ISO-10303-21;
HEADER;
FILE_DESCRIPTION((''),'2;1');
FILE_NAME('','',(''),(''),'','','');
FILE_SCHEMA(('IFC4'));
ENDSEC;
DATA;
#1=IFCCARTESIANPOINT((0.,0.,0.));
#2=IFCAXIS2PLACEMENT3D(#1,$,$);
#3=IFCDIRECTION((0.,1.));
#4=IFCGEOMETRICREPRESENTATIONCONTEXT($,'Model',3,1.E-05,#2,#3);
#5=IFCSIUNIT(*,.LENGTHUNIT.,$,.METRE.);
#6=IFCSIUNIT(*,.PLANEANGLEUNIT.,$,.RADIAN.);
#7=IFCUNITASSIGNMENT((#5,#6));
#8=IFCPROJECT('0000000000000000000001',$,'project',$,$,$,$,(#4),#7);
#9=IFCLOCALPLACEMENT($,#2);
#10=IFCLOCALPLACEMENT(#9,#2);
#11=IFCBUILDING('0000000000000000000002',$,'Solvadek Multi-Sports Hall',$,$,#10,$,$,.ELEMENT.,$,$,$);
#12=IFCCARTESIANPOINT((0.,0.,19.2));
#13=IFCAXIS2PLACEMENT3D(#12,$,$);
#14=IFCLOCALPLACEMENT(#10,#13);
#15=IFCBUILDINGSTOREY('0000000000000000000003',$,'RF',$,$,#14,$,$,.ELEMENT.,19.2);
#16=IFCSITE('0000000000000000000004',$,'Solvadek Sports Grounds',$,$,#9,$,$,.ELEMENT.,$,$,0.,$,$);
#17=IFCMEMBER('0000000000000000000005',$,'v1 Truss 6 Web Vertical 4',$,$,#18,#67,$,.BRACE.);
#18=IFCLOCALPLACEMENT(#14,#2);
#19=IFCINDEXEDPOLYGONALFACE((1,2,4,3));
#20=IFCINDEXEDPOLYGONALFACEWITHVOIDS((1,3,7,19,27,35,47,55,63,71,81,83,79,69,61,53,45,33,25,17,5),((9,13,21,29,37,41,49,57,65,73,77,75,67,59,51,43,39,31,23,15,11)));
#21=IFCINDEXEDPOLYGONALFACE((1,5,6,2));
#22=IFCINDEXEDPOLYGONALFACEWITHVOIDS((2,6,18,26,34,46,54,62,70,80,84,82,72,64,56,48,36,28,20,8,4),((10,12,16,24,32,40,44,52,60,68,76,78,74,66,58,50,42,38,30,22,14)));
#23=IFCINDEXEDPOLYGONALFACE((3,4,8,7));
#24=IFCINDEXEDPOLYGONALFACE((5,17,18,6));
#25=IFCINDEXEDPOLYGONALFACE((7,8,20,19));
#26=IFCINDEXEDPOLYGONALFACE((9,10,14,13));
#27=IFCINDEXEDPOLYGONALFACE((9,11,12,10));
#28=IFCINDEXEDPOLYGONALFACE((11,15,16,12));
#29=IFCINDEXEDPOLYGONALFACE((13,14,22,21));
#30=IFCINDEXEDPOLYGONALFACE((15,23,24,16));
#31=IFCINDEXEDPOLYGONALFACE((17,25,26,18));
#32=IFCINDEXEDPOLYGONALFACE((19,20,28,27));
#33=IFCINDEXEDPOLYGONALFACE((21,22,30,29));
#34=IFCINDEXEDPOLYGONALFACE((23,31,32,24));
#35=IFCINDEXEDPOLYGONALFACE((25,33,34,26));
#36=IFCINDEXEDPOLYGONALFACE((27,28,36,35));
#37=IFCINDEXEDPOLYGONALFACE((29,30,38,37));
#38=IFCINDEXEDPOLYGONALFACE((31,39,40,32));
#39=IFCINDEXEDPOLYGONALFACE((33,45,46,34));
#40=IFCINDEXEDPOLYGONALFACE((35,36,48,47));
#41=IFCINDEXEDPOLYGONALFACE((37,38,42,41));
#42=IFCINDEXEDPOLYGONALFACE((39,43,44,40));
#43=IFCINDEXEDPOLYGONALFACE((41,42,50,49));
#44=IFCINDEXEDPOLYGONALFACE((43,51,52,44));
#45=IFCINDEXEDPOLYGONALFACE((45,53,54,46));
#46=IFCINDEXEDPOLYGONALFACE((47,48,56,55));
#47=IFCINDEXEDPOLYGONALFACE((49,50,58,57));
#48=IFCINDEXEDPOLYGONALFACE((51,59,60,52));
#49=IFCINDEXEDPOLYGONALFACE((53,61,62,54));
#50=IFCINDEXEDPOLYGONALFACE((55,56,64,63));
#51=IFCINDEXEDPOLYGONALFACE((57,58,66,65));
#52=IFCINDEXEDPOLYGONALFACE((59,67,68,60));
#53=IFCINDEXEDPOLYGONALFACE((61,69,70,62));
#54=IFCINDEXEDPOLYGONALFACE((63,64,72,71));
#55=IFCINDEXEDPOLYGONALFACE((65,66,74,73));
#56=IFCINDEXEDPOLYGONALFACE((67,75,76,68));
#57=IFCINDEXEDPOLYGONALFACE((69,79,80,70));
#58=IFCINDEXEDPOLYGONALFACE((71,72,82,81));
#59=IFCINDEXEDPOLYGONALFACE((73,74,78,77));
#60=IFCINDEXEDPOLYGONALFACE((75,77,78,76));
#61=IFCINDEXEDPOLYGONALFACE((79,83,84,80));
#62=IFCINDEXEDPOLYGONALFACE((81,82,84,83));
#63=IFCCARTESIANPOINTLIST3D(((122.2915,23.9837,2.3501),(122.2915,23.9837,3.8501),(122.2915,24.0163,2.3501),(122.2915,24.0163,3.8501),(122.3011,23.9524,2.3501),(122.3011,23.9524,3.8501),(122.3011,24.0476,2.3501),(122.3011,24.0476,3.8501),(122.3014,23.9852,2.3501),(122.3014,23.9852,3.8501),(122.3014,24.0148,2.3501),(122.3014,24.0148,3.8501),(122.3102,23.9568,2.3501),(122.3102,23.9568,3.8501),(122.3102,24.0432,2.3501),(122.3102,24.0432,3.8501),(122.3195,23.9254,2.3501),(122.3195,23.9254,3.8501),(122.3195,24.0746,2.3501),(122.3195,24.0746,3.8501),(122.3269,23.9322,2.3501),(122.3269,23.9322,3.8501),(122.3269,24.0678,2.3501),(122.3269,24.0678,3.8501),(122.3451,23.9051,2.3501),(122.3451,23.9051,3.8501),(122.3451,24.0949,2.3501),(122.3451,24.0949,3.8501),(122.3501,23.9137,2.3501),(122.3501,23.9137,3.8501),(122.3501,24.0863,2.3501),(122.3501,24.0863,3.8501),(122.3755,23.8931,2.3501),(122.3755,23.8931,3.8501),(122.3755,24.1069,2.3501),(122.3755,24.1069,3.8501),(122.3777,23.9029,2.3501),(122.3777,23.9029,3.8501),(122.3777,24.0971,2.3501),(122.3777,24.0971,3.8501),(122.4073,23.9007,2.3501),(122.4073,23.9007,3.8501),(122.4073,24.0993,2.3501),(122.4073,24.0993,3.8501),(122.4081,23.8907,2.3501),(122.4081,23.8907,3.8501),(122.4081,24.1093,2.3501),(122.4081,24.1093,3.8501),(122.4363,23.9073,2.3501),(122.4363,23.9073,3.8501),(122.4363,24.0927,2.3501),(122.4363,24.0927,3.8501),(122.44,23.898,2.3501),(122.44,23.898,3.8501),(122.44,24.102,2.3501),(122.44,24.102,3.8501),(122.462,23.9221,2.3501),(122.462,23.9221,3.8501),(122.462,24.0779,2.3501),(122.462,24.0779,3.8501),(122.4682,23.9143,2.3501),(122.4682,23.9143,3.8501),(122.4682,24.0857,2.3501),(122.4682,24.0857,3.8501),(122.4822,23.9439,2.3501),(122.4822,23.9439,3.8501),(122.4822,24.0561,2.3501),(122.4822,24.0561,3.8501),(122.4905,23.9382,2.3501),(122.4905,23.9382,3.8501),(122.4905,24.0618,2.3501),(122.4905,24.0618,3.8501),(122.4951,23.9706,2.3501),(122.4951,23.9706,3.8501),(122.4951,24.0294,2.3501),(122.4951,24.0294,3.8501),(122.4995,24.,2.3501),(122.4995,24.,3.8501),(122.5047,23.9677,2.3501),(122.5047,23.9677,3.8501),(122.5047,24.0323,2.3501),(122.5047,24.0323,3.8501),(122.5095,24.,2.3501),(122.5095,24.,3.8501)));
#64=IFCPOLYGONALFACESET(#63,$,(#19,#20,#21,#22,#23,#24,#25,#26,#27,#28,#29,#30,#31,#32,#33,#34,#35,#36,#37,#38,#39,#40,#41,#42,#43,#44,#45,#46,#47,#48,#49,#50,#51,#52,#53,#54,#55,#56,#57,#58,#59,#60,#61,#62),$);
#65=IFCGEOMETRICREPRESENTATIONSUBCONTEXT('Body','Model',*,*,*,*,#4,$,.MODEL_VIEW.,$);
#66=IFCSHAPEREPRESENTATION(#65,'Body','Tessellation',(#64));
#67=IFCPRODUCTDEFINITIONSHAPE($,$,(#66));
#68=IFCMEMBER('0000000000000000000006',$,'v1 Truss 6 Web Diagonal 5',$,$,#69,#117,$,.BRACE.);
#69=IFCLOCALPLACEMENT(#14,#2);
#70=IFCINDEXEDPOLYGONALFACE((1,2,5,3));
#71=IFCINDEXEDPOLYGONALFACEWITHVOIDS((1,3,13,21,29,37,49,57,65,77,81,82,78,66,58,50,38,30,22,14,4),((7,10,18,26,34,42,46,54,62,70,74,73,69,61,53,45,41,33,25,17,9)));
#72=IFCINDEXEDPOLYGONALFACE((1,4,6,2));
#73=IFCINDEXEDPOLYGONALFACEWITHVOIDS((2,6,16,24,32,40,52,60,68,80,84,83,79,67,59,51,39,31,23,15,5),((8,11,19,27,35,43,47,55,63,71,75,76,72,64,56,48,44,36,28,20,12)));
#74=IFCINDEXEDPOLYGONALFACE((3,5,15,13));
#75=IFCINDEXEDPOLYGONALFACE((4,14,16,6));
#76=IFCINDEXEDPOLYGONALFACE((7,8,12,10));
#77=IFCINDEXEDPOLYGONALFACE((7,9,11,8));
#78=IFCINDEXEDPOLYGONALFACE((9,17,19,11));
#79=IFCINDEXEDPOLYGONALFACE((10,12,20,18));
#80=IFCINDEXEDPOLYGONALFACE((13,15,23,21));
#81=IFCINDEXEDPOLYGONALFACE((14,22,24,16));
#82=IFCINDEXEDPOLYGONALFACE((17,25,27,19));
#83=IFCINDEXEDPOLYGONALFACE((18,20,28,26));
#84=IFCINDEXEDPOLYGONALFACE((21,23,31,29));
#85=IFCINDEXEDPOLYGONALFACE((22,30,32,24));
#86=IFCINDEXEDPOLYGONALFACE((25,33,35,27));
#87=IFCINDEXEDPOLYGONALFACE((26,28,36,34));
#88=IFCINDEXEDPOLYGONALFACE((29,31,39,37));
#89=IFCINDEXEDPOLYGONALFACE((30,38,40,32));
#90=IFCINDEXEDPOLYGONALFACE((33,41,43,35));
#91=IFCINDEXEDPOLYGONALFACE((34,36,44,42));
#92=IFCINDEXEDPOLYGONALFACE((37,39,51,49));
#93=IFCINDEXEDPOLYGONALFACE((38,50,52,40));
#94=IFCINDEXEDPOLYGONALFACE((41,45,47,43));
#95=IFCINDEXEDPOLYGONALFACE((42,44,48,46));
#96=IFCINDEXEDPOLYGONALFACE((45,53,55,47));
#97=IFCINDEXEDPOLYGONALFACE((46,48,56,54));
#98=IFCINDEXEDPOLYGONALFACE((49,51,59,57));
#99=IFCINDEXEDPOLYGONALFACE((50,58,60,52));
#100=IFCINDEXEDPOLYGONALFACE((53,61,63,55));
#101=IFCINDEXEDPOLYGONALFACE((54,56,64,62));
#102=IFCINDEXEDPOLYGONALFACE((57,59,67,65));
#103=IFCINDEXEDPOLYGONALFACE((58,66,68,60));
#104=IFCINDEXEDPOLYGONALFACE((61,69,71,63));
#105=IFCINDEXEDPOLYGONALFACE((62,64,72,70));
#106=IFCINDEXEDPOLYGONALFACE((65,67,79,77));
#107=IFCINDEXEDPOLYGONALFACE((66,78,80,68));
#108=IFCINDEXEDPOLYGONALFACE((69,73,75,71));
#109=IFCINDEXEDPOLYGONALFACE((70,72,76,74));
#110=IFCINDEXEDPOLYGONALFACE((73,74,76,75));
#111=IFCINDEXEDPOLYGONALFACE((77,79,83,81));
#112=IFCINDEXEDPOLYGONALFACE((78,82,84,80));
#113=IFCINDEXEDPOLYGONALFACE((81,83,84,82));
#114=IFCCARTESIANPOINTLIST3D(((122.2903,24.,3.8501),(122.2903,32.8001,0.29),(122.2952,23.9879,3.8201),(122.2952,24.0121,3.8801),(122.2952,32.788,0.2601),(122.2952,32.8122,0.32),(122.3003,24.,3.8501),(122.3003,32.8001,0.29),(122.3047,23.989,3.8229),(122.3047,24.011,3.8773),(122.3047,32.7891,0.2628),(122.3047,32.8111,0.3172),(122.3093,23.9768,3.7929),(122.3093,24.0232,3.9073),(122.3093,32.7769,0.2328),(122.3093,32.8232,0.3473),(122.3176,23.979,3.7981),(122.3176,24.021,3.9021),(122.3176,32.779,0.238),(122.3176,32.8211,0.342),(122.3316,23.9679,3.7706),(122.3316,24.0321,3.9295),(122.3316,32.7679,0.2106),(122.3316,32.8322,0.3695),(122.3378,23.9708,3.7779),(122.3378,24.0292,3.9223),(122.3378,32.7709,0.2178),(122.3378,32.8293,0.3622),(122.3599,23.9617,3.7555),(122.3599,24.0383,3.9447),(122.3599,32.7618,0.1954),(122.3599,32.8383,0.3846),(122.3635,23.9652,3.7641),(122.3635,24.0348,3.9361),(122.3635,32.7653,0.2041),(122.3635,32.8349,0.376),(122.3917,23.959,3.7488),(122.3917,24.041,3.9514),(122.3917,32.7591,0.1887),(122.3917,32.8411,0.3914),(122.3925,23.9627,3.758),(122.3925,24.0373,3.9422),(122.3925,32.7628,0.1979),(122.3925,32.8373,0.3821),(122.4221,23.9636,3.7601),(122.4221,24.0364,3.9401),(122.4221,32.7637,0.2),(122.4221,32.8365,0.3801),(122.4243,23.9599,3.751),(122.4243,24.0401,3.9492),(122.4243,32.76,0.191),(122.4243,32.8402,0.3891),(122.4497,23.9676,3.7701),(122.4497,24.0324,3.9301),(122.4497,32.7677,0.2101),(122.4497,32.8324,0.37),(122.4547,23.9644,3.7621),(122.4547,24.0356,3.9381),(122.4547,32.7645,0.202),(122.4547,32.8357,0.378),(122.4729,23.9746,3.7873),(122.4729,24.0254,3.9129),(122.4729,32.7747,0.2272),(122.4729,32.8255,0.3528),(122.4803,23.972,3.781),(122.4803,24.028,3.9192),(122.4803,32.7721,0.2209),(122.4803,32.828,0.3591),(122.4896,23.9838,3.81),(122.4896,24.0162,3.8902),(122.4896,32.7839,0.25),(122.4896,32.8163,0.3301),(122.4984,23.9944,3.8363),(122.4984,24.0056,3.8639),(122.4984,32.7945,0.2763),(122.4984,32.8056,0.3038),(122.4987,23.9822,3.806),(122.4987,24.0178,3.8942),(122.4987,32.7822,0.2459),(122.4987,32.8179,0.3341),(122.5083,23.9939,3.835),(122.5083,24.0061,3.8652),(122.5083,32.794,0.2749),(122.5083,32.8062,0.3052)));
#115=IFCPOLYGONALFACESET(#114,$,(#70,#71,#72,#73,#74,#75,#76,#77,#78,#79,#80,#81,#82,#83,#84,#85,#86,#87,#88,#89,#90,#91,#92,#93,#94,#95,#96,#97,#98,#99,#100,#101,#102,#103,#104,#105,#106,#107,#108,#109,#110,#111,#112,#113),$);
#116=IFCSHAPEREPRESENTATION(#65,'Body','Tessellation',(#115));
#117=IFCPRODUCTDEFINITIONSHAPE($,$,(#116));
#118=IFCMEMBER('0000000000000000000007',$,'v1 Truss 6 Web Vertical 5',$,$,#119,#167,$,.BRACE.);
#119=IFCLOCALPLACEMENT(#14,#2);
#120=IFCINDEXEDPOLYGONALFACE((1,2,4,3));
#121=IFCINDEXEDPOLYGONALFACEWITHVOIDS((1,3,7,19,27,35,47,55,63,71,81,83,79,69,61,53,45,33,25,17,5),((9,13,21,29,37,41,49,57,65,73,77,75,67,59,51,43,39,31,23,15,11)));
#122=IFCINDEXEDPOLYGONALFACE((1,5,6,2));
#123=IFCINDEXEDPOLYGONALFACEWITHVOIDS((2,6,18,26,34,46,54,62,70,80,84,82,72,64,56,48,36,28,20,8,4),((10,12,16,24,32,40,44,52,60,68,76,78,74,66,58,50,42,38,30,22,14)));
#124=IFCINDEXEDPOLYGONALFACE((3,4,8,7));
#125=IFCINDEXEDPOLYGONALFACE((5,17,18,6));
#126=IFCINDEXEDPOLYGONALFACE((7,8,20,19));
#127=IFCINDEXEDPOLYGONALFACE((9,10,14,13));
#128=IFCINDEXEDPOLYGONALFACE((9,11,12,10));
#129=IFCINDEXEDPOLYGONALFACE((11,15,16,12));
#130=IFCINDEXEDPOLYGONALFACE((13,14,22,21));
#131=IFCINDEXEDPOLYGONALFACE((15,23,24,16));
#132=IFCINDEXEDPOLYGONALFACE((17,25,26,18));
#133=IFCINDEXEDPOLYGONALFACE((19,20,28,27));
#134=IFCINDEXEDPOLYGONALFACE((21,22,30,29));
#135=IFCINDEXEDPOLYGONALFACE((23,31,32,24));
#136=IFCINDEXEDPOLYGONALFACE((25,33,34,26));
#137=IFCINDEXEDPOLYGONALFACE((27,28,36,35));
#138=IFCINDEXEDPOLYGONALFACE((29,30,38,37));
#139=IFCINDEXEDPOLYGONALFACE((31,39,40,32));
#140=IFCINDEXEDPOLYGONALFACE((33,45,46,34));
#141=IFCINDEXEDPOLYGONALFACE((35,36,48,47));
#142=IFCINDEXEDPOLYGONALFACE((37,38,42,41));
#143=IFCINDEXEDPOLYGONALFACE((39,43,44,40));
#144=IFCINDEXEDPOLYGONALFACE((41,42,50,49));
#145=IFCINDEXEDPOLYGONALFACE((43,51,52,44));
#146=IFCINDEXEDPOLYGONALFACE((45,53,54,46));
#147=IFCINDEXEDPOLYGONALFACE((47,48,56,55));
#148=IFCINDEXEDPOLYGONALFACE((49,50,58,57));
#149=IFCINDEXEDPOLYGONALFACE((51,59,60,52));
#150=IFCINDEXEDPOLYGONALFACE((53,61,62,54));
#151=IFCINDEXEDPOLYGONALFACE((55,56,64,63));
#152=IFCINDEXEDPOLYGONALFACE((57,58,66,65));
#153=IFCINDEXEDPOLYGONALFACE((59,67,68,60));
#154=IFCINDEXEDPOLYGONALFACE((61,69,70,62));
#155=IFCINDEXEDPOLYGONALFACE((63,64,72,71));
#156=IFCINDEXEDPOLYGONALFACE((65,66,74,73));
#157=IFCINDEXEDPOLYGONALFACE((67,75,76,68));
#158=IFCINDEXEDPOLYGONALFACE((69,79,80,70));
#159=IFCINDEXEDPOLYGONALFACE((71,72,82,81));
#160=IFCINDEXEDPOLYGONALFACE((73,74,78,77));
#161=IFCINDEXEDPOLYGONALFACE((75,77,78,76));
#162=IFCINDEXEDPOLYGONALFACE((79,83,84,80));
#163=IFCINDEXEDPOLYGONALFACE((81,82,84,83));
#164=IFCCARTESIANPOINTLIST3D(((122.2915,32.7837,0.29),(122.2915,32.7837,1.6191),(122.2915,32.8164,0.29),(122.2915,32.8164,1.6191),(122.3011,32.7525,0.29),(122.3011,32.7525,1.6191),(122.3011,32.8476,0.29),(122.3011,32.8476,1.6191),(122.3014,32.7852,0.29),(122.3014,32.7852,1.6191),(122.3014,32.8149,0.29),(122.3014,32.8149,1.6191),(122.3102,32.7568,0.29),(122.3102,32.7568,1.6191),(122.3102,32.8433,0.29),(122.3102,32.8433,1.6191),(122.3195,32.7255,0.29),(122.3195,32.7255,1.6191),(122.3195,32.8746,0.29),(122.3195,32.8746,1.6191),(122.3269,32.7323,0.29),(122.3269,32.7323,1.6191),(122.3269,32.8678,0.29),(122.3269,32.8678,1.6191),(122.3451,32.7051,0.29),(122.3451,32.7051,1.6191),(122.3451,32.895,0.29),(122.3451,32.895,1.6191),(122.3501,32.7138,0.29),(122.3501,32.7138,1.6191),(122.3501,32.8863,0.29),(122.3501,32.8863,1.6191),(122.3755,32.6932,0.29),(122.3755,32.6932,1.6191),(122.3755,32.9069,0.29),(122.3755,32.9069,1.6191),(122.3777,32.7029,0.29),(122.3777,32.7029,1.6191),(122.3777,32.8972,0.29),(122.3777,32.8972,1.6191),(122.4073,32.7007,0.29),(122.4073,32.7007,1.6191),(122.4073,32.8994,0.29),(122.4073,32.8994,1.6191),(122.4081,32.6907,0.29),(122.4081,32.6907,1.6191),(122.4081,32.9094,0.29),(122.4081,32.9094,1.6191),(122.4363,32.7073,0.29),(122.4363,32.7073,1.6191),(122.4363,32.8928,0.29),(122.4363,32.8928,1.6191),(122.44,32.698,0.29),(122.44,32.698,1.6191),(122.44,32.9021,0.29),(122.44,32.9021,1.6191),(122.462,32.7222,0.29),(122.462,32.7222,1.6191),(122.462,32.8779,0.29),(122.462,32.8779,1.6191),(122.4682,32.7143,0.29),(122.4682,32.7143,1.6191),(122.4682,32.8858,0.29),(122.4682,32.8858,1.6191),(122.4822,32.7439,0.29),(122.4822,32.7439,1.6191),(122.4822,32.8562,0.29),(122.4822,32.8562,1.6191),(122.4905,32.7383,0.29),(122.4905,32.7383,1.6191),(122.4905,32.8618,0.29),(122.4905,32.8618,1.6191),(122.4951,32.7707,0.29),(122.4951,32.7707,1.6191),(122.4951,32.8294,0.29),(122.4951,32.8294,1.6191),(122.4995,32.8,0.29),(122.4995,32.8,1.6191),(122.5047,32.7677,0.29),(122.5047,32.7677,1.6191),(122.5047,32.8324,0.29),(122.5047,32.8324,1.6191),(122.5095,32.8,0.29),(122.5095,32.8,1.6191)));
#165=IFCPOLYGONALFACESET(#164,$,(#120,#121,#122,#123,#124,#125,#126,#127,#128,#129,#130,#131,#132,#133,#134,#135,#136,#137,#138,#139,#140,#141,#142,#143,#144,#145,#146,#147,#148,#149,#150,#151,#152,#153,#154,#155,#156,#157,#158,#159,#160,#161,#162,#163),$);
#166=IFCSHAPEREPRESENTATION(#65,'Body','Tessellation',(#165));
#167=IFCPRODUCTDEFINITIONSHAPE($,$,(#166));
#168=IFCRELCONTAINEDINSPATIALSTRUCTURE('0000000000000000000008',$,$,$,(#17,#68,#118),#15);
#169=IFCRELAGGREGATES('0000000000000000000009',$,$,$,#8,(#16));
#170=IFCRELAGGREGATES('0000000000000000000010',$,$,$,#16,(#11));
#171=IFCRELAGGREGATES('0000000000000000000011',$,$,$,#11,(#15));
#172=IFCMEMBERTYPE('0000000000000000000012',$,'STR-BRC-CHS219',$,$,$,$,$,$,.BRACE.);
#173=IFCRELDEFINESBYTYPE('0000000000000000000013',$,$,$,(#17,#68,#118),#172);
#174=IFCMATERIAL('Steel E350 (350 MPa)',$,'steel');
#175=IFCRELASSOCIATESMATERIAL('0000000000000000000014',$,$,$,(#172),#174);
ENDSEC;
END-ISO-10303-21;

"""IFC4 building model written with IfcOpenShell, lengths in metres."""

from ifc_helpers import new_model, si_unit, direction, frame, origin, origin_2d, place, context, subcontext, project, spatial, hollow_circle, extrude, material, material_profile, profile_set, type_object, element, save


model = new_model("IFC4")

# Units and contexts
model_context = context("Model", 3, precision=1e-05, world=origin(), true_north=direction((0.0, 1.0)))
body_context = subcontext(model_context, "Body", "Model", "MODEL_VIEW")
ifc_project = project(units=[si_unit("LENGTHUNIT", "METRE"), si_unit("PLANEANGLEUNIT", "RADIAN")], contexts=[model_context])

# Site, building, storey
site_placement = place(None, origin())
site = spatial("IfcSite", under=ifc_project, at=site_placement, Name="Solvadek Sports Grounds", CompositionType="ELEMENT", RefElevation=0.0)
building_placement = place(site_placement, origin())
building = spatial("IfcBuilding", under=site, at=building_placement, Name="Solvadek Multi-Sports Hall", CompositionType="ELEMENT")
storey_placement = place(building_placement, frame((0.0, 0.0, 19.2)))
storey = spatial("IfcBuildingStorey", under=building, at=storey_placement, Name="RF", CompositionType="ELEMENT", Elevation=19.2)

# Members
ifc_material_1 = material(Name="Steel E350 (350 MPa)", Category="steel")
ifc_material_profile_1 = material_profile(ifc_material_1, hollow_circle(Radius=0.1096, WallThickness=0.01, at=origin_2d()), Name="CHS 219.1x10")
ifc_profile_set_1 = profile_set([ifc_material_profile_1], Name="Steel E350 (350 MPa)")
member_type_1 = type_object("IfcMemberType", Name="STR-BRC-CHS219", PredefinedType="BRACE", material=ifc_profile_set_1)
member_1_placement = place(storey_placement, frame((122.3999, 24.0, 2.3501), z_axis=(0.0, 0.0, 1.0), x_axis=(1.0, 0.0, 0.0)))
element("IfcMember", 1, at=member_1_placement, inside=storey, type_object=member_type_1, Name="v1 Truss 6 Web Vertical 4", PredefinedType="BRACE", context=body_context, shape_type="SweptSolid", body=[
    extrude(hollow_circle(Radius=0.1096, WallThickness=0.01, at=origin_2d()), origin(), (0.0, 0.0, 1.0), 1.5),
])
member_2_placement = place(storey_placement, frame((122.3999, 24.0, 3.8501), z_axis=(0.0, 0.927015, -0.375024), x_axis=(-1.0, 0.0, 0.0)))
element("IfcMember", 2, at=member_2_placement, inside=storey, type_object=member_type_1, Name="v1 Truss 6 Web Diagonal 5", PredefinedType="BRACE", context=body_context, shape_type="SweptSolid", body=[
    extrude(hollow_circle(Radius=0.1096, WallThickness=0.01, at=origin_2d()), origin(), (0.0, 0.0, 1.0), 9.4929),
])
member_3_placement = place(storey_placement, frame((122.3999, 32.8, 0.29), z_axis=(0.0, 0.0, 1.0), x_axis=(1.0, 0.0, 0.0)))
element("IfcMember", 3, at=member_3_placement, inside=storey, type_object=member_type_1, Name="v1 Truss 6 Web Vertical 5", PredefinedType="BRACE", context=body_context, shape_type="SweptSolid", body=[
    extrude(hollow_circle(Radius=0.1096, WallThickness=0.01, at=origin_2d()), origin(), (0.0, 0.0, 1.0), 1.3291),
])

save(model, "model.ifc")
